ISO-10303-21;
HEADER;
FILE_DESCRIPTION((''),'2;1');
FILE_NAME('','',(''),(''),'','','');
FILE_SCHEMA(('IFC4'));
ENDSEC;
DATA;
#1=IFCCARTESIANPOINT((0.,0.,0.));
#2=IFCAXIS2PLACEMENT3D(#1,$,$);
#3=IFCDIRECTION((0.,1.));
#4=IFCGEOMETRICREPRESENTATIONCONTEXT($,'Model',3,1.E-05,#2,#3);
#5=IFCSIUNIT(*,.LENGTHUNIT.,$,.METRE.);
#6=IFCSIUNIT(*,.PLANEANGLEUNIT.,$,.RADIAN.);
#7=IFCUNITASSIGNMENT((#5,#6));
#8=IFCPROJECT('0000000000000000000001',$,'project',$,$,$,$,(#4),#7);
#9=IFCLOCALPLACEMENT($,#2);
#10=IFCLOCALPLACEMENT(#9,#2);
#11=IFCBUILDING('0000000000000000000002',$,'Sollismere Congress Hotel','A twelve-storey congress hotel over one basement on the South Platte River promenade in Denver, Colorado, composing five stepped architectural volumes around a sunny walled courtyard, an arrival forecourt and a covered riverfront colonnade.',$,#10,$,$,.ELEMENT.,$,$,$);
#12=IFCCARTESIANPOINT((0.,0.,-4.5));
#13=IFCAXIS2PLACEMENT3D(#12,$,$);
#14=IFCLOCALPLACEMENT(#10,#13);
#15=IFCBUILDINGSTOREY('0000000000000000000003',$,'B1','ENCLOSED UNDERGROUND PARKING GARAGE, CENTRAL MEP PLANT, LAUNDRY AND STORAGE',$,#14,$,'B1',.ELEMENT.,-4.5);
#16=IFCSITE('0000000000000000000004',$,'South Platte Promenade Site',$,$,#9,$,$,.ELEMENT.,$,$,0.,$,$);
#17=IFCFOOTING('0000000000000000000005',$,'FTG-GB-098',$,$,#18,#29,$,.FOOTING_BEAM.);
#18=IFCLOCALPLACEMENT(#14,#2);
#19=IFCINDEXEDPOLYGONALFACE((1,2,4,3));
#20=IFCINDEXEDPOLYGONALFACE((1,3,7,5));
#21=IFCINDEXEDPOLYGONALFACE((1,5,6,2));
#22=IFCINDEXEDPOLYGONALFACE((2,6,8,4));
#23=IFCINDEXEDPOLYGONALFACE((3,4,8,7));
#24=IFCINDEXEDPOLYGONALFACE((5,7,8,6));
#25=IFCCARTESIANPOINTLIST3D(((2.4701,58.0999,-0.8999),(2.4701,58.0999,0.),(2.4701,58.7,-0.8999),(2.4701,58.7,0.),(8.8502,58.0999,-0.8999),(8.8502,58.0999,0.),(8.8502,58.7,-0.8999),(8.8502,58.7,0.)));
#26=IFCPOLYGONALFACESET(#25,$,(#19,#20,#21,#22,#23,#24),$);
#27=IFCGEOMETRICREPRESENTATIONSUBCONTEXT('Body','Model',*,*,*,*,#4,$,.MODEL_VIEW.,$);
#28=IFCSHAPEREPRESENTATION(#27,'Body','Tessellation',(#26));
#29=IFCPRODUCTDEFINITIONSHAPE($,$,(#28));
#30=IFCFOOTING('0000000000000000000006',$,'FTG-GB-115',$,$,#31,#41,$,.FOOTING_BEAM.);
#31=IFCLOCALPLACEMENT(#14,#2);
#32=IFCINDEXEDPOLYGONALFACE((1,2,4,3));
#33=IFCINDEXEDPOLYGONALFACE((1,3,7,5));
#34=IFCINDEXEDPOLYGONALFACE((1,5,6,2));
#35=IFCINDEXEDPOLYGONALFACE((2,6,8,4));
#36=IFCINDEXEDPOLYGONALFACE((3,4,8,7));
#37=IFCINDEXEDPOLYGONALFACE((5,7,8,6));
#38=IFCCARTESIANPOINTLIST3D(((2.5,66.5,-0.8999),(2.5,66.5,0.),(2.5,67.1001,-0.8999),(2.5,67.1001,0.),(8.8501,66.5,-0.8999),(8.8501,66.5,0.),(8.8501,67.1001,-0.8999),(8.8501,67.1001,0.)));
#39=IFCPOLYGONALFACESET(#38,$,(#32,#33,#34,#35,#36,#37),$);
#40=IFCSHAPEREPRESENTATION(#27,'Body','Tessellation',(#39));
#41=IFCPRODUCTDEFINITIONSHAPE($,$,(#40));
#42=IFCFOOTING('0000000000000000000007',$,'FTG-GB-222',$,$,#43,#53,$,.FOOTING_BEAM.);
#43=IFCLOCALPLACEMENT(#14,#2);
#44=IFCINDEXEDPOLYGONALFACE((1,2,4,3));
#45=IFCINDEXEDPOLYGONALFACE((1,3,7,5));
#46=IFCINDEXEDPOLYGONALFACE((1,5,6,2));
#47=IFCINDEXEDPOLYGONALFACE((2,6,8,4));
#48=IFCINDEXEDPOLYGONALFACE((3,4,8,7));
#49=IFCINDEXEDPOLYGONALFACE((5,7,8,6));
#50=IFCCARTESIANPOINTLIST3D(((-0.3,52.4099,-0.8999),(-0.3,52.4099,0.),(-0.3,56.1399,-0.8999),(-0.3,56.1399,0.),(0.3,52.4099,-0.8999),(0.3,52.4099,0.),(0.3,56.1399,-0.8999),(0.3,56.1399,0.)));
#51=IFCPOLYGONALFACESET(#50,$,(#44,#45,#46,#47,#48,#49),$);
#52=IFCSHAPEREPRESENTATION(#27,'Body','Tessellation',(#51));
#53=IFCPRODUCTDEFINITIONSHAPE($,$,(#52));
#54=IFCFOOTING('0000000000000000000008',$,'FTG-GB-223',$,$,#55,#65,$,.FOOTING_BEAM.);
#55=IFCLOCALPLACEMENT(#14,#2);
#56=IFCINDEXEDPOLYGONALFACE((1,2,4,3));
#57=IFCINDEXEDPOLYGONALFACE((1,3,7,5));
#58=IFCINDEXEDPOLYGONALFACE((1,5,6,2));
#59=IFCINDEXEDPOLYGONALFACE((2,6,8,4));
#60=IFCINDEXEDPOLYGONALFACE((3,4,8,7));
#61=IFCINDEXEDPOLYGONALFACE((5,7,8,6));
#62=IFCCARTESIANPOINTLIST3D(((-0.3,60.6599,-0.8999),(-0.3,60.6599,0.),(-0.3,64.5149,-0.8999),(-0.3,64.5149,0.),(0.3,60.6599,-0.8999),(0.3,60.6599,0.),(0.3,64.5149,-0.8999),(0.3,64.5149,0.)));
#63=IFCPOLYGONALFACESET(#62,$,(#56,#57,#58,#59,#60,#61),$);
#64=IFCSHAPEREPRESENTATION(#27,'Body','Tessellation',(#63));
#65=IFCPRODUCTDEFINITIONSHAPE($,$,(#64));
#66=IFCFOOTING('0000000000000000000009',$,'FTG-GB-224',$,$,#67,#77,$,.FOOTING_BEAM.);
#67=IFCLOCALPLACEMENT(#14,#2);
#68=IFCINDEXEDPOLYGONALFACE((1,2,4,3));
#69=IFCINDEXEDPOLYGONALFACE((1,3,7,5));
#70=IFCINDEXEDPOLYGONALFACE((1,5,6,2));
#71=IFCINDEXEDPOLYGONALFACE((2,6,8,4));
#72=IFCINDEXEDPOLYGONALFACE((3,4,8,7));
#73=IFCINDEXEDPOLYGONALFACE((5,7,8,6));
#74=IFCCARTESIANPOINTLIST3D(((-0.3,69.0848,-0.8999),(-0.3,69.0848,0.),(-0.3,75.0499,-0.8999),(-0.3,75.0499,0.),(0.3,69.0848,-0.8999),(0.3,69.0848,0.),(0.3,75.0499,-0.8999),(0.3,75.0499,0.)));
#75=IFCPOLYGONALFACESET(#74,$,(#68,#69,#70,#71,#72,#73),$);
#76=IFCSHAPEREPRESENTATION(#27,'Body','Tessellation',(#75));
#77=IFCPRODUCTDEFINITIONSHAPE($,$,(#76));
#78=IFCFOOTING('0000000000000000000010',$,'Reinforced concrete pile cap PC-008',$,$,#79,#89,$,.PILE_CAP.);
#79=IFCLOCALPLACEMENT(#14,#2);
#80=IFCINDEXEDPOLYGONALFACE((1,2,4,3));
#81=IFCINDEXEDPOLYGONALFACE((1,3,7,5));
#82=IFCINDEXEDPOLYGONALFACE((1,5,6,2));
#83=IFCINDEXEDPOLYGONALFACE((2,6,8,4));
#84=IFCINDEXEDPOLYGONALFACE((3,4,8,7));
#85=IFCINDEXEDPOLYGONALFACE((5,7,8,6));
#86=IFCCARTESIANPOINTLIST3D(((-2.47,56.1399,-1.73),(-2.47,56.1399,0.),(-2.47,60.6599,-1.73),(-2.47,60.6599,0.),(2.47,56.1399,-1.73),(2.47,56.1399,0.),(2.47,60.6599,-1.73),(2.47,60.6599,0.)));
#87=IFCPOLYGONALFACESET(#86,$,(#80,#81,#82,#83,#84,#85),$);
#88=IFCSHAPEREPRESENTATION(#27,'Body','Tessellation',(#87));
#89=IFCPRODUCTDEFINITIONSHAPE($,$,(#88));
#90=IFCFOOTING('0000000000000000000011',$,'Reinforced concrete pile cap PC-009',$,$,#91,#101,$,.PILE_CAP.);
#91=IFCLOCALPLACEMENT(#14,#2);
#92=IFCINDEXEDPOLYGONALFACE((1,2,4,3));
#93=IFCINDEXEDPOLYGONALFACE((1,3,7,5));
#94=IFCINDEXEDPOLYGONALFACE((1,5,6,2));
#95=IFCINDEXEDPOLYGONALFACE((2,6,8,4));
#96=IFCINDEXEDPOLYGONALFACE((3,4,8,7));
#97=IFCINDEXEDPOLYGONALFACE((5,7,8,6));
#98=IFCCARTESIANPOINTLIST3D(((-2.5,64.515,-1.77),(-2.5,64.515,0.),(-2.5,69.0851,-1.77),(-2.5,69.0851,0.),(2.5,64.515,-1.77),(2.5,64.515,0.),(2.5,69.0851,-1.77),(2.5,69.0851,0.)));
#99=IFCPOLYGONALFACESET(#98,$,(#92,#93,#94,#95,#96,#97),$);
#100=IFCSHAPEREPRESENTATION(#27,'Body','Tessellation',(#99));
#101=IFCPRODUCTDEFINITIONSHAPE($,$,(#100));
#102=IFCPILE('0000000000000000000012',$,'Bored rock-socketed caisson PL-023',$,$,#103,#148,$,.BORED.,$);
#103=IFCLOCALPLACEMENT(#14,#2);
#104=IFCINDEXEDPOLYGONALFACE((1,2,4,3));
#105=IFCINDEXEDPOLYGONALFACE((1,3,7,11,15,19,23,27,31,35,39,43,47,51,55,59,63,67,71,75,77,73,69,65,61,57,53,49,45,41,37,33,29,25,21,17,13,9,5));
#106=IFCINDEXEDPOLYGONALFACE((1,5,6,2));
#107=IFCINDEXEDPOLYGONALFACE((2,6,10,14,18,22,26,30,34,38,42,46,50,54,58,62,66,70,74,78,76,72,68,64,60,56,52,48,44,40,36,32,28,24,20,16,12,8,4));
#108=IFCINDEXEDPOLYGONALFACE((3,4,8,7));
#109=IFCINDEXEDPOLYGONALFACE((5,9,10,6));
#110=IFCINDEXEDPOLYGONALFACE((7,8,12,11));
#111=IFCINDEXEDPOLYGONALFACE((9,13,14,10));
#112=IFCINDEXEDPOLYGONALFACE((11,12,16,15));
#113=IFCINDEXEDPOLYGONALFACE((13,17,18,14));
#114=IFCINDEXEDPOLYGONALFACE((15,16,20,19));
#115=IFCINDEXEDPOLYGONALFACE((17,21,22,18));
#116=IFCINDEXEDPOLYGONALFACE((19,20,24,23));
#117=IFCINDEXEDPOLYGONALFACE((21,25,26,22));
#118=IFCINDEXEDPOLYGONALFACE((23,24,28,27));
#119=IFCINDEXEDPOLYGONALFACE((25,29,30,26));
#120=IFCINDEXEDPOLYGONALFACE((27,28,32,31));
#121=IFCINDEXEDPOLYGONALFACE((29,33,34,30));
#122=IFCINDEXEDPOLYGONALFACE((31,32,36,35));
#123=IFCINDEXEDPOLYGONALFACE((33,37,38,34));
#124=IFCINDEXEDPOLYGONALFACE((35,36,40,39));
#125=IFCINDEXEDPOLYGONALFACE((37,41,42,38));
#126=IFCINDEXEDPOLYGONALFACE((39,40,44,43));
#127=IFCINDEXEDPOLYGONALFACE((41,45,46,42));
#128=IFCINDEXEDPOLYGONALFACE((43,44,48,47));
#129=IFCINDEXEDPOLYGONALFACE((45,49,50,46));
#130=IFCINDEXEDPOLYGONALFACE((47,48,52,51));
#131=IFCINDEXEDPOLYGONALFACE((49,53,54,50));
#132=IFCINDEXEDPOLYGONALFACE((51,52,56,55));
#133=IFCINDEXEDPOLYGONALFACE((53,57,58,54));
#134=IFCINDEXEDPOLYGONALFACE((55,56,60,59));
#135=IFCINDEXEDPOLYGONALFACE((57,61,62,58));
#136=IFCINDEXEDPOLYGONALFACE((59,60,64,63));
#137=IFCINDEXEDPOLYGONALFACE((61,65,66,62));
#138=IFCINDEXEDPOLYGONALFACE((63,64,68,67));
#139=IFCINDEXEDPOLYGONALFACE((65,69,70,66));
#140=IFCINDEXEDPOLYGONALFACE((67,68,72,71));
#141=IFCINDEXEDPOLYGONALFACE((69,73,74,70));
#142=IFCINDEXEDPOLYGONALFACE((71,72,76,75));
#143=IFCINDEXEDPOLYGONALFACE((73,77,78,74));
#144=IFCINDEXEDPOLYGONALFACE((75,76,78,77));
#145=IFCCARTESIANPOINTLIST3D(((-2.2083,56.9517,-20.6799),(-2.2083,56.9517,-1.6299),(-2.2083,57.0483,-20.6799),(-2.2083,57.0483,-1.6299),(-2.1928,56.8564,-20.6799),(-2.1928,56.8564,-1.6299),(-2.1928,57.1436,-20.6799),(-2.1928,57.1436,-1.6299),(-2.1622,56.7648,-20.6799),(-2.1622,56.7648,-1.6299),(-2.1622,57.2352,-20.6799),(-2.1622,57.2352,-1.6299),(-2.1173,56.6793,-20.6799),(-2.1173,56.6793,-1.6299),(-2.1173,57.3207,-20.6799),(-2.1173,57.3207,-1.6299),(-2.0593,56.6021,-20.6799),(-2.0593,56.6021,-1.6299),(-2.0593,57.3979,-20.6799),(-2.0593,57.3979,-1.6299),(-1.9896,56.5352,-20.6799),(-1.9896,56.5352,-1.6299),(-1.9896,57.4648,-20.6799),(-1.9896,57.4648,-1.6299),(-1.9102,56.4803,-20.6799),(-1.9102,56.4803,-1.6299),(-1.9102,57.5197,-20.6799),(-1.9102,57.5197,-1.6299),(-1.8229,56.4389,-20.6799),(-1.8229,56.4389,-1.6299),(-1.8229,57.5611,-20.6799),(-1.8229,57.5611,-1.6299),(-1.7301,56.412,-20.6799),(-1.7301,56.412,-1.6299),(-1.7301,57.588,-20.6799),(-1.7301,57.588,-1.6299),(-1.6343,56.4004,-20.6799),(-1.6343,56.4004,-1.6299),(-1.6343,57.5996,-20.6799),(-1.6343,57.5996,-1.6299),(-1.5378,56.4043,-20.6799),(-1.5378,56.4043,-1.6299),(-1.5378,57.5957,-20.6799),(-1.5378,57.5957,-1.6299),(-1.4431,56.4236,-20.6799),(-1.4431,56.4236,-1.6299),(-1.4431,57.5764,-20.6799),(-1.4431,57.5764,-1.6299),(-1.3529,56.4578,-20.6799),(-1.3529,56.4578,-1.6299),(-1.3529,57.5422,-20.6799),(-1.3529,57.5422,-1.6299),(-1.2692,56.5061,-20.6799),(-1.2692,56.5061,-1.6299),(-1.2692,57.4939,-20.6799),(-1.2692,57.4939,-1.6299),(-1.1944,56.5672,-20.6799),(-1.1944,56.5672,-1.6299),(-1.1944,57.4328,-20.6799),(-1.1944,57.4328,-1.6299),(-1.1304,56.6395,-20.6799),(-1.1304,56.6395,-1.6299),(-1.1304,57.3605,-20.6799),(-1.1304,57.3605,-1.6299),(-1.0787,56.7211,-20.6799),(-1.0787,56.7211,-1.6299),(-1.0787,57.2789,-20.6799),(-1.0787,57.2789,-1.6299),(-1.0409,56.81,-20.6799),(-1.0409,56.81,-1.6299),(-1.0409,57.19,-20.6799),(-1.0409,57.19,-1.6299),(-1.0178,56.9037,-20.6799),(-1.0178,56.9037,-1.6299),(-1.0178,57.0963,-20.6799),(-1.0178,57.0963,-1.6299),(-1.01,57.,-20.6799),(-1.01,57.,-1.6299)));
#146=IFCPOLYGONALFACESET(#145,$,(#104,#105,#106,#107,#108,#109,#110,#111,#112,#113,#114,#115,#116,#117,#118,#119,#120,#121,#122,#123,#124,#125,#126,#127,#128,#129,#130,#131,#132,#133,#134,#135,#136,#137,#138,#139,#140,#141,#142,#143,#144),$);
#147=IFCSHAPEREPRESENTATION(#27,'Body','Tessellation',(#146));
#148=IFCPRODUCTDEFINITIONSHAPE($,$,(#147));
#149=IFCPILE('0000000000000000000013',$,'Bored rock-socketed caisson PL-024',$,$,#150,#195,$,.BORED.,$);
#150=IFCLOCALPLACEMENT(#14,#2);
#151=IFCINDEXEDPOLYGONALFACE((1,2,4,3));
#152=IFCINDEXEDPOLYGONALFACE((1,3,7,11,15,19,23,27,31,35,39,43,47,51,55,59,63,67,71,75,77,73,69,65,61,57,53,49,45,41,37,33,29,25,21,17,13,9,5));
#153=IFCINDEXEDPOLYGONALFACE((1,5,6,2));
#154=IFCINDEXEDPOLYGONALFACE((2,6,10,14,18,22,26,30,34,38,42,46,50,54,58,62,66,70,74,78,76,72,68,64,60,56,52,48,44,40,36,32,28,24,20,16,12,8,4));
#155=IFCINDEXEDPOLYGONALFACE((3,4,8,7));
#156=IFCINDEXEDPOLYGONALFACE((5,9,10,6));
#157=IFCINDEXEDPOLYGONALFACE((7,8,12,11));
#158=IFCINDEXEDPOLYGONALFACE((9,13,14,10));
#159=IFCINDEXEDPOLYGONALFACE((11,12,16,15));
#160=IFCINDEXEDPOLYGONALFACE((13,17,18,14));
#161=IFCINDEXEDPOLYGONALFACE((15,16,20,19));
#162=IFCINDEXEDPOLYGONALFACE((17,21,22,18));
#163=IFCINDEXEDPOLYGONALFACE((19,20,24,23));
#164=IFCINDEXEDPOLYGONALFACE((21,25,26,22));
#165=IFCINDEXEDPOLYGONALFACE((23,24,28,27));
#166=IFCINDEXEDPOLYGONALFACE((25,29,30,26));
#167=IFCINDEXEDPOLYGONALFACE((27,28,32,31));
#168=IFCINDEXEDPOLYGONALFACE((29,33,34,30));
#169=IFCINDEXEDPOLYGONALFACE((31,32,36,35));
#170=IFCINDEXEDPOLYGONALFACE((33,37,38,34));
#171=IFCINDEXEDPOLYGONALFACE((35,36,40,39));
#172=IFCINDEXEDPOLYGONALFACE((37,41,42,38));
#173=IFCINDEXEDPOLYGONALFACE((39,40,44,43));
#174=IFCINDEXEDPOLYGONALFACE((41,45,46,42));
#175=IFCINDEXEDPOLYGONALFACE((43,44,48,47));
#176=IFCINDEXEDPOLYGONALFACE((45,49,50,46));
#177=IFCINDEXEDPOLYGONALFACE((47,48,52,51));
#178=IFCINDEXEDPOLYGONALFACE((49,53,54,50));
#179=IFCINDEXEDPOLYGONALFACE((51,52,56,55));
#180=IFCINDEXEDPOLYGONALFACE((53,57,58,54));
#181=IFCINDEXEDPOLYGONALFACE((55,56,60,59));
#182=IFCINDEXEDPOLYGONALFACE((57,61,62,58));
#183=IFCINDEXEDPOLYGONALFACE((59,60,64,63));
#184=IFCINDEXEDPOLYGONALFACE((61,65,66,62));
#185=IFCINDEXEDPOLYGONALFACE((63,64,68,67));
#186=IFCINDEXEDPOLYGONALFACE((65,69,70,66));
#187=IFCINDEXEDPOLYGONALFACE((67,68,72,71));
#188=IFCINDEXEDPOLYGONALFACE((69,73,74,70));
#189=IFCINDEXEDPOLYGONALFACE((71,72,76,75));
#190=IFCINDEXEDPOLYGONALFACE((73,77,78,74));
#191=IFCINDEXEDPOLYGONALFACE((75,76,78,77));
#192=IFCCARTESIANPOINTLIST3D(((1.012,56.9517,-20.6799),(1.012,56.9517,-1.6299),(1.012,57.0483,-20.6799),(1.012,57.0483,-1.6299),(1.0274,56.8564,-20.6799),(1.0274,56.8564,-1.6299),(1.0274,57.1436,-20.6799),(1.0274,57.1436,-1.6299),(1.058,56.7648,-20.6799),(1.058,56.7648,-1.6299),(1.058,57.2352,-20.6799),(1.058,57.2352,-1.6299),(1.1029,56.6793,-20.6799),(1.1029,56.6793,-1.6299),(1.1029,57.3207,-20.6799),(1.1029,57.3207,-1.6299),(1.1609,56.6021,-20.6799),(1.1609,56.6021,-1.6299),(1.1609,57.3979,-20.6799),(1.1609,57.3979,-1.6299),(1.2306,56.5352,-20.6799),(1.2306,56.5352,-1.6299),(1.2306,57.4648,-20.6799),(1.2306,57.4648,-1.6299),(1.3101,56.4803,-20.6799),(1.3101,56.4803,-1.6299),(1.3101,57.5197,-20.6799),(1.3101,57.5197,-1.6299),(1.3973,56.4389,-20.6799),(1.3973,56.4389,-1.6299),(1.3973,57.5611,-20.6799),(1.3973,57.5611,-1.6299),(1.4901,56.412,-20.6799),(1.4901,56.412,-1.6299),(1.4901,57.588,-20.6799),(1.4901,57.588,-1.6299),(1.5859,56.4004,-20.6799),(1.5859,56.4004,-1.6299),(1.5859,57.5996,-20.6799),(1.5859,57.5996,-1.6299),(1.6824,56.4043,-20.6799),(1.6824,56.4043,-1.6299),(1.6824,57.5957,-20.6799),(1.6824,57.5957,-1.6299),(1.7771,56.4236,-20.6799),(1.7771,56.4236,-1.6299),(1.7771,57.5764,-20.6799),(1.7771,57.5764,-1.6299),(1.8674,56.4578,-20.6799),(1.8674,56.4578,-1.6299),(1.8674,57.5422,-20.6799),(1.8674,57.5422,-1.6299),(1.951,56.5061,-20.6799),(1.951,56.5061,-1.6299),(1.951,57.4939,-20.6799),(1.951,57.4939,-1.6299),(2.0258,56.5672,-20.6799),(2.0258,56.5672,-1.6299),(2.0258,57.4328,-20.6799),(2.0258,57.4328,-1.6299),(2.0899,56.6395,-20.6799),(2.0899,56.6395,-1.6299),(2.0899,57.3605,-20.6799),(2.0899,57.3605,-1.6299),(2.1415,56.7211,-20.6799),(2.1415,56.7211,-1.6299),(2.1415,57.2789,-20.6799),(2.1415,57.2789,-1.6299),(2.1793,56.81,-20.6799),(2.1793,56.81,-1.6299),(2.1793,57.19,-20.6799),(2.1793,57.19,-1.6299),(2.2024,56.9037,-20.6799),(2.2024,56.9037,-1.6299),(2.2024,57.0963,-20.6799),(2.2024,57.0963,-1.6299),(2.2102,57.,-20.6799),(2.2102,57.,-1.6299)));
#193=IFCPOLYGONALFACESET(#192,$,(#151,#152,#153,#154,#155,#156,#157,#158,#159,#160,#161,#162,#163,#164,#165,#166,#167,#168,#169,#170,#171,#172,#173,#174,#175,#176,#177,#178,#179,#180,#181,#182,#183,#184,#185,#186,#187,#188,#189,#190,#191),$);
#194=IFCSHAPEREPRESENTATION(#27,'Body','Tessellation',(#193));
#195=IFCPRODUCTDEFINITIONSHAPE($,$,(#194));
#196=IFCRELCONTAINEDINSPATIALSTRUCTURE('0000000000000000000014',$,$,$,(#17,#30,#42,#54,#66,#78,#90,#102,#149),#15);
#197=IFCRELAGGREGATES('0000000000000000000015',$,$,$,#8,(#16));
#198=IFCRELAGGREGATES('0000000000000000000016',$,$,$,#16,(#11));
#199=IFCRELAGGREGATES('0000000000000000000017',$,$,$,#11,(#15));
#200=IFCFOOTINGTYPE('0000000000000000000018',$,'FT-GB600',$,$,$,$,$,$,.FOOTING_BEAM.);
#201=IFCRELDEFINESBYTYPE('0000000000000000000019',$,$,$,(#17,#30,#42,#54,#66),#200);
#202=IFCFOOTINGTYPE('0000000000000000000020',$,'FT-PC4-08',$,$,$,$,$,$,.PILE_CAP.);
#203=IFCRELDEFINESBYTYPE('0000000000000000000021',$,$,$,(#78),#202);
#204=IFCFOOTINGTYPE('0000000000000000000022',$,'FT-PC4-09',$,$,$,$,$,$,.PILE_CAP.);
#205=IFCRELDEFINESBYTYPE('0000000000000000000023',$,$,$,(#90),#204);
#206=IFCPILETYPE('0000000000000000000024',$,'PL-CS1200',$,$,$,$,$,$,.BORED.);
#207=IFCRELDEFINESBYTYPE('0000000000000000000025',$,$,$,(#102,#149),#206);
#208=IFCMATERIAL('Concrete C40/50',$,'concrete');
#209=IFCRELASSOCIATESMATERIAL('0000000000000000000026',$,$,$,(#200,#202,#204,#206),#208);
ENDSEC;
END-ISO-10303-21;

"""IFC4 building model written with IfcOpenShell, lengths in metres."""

from ifc_helpers import new_model, si_unit, direction, frame, origin, origin_2d, place, context, subcontext, project, spatial, rectangle, circle, extrude, material, material_profile, profile_set, type_object, element, save


model = new_model("IFC4")

# Units and contexts
model_context = context("Model", 3, precision=1e-05, world=origin(), true_north=direction((0.0, 1.0)))
body_context = subcontext(model_context, "Body", "Model", "MODEL_VIEW")
ifc_project = project(units=[si_unit("LENGTHUNIT", "METRE"), si_unit("PLANEANGLEUNIT", "RADIAN")], contexts=[model_context])

# Site, building, storey
site_placement = place(None, origin())
site = spatial("IfcSite", under=ifc_project, at=site_placement, Name="South Platte Promenade Site", CompositionType="ELEMENT", RefElevation=0.0)
building_placement = place(site_placement, origin())
building = spatial("IfcBuilding", under=site, at=building_placement, Name="Sollismere Congress Hotel", Description="A twelve-storey congress hotel over one basement on the South Platte River promenade in Denver, Colorado, composing five stepped architectural volumes around a sunny walled courtyard, an arrival forecourt and a covered riverfront colonnade.", CompositionType="ELEMENT")
storey_placement = place(building_placement, frame((0.0, 0.0, -4.5)))
storey = spatial("IfcBuildingStorey", under=building, at=storey_placement, Name="B1", Description="ENCLOSED UNDERGROUND PARKING GARAGE, CENTRAL MEP PLANT, LAUNDRY AND STORAGE", LongName="B1", CompositionType="ELEMENT", Elevation=-4.5)

# Footings
ifc_material_1 = material(Name="Concrete C40/50", Category="concrete")
footing_type_1 = type_object("IfcFootingType", Name="FT-GB600", PredefinedType="FOOTING_BEAM", material=ifc_material_1)
footing_1_placement = place(storey_placement, frame((5.6602, 58.3999, -0.8999), z_axis=(0.0, 0.0, 1.0), x_axis=(1.0, 0.0, 0.0)))
element("IfcFooting", 1, at=footing_1_placement, inside=storey, type_object=footing_type_1, Name="FTG-GB-098", PredefinedType="FOOTING_BEAM", context=body_context, shape_type="SweptSolid", body=[
    extrude(rectangle(XDim=6.3801, YDim=0.6001, at=origin_2d()), origin(), (0.0, 0.0, 1.0), 0.8999),
])
footing_2_placement = place(storey_placement, frame((5.675, 66.8, -0.8999), z_axis=(0.0, 0.0, 1.0), x_axis=(1.0, 0.0, 0.0)))
element("IfcFooting", 2, at=footing_2_placement, inside=storey, type_object=footing_type_1, Name="FTG-GB-115", PredefinedType="FOOTING_BEAM", context=body_context, shape_type="SweptSolid", body=[
    extrude(rectangle(XDim=6.3501, YDim=0.6001, at=origin_2d()), origin(), (0.0, 0.0, 1.0), 0.8999),
])
footing_3_placement = place(storey_placement, frame((0.0, 54.2749, -0.8999), z_axis=(0.0, 0.0, 1.0), x_axis=(0.0, 1.0, 0.0)))
element("IfcFooting", 3, at=footing_3_placement, inside=storey, type_object=footing_type_1, Name="FTG-GB-222", PredefinedType="FOOTING_BEAM", context=body_context, shape_type="SweptSolid", body=[
    extrude(rectangle(XDim=3.73, YDim=0.6001, at=origin_2d()), origin(), (0.0, 0.0, 1.0), 0.8999),
])
footing_4_placement = place(storey_placement, frame((0.0, 62.5874, -0.8999), z_axis=(0.0, 0.0, 1.0), x_axis=(0.0, 1.0, 0.0)))
element("IfcFooting", 4, at=footing_4_placement, inside=storey, type_object=footing_type_1, Name="FTG-GB-223", PredefinedType="FOOTING_BEAM", context=body_context, shape_type="SweptSolid", body=[
    extrude(rectangle(XDim=3.855, YDim=0.6001, at=origin_2d()), origin(), (0.0, 0.0, 1.0), 0.8999),
])
footing_5_placement = place(storey_placement, frame((0.0, 72.0674, -0.8999), z_axis=(0.0, 0.0, 1.0), x_axis=(0.0, 1.0, 0.0)))
element("IfcFooting", 5, at=footing_5_placement, inside=storey, type_object=footing_type_1, Name="FTG-GB-224", PredefinedType="FOOTING_BEAM", context=body_context, shape_type="SweptSolid", body=[
    extrude(rectangle(XDim=5.9651, YDim=0.6001, at=origin_2d()), origin(), (0.0, 0.0, 1.0), 0.8999),
])
footing_type_2 = type_object("IfcFootingType", Name="FT-PC4-08", PredefinedType="PILE_CAP", material=ifc_material_1)
footing_6_placement = place(storey_placement, frame((0.0, 58.3999, -1.73), z_axis=(0.0, 0.0, 1.0), x_axis=(1.0, 0.0, 0.0)))
element("IfcFooting", 6, at=footing_6_placement, inside=storey, type_object=footing_type_2, Name="Reinforced concrete pile cap PC-008", PredefinedType="PILE_CAP", context=body_context, shape_type="SweptSolid", body=[
    extrude(rectangle(XDim=4.9399, YDim=4.52, at=origin_2d()), origin(), (0.0, 0.0, 1.0), 1.73),
])
footing_type_3 = type_object("IfcFootingType", Name="FT-PC4-09", PredefinedType="PILE_CAP", material=ifc_material_1)
footing_7_placement = place(storey_placement, frame((0.0, 66.8, -1.77), z_axis=(0.0, 0.0, 1.0), x_axis=(1.0, 0.0, 0.0)))
element("IfcFooting", 7, at=footing_7_placement, inside=storey, type_object=footing_type_3, Name="Reinforced concrete pile cap PC-009", PredefinedType="PILE_CAP", context=body_context, shape_type="SweptSolid", body=[
    extrude(rectangle(XDim=5.0, YDim=4.5701, at=origin_2d()), origin(), (0.0, 0.0, 1.0), 1.77),
])

# Piles
ifc_material_profile_1 = material_profile(ifc_material_1, circle(Radius=0.6001, at=origin_2d()), Name="CAISSON1200")
ifc_profile_set_1 = profile_set([ifc_material_profile_1], Name="Concrete C40/50")
pile_type = type_object("IfcPileType", Name="PL-CS1200", PredefinedType="BORED", material=ifc_profile_set_1)
for number, where, z_axis, x_axis, name in (
    (8, (-1.6101, 57.0, -1.6299), (0.0, 0.0, -1.0), (1.0, 0.0, 0.0), "Bored rock-socketed caisson PL-023"),
    (9, (1.6101, 57.0, -1.6299), (0.0, 0.0, -1.0), (1.0, 0.0, 0.0), "Bored rock-socketed caisson PL-024"),
):
    element("IfcPile", number, at=place(storey_placement, frame(where, z_axis=z_axis, x_axis=x_axis)), inside=storey, type_object=pile_type, Name=name, PredefinedType="BORED", context=body_context, shape_type="SweptSolid", body=[
        extrude(circle(Radius=0.6001, at=origin_2d()), origin(), (0.0, 0.0, 1.0), 19.05),
    ])

save(model, "model.ifc")
